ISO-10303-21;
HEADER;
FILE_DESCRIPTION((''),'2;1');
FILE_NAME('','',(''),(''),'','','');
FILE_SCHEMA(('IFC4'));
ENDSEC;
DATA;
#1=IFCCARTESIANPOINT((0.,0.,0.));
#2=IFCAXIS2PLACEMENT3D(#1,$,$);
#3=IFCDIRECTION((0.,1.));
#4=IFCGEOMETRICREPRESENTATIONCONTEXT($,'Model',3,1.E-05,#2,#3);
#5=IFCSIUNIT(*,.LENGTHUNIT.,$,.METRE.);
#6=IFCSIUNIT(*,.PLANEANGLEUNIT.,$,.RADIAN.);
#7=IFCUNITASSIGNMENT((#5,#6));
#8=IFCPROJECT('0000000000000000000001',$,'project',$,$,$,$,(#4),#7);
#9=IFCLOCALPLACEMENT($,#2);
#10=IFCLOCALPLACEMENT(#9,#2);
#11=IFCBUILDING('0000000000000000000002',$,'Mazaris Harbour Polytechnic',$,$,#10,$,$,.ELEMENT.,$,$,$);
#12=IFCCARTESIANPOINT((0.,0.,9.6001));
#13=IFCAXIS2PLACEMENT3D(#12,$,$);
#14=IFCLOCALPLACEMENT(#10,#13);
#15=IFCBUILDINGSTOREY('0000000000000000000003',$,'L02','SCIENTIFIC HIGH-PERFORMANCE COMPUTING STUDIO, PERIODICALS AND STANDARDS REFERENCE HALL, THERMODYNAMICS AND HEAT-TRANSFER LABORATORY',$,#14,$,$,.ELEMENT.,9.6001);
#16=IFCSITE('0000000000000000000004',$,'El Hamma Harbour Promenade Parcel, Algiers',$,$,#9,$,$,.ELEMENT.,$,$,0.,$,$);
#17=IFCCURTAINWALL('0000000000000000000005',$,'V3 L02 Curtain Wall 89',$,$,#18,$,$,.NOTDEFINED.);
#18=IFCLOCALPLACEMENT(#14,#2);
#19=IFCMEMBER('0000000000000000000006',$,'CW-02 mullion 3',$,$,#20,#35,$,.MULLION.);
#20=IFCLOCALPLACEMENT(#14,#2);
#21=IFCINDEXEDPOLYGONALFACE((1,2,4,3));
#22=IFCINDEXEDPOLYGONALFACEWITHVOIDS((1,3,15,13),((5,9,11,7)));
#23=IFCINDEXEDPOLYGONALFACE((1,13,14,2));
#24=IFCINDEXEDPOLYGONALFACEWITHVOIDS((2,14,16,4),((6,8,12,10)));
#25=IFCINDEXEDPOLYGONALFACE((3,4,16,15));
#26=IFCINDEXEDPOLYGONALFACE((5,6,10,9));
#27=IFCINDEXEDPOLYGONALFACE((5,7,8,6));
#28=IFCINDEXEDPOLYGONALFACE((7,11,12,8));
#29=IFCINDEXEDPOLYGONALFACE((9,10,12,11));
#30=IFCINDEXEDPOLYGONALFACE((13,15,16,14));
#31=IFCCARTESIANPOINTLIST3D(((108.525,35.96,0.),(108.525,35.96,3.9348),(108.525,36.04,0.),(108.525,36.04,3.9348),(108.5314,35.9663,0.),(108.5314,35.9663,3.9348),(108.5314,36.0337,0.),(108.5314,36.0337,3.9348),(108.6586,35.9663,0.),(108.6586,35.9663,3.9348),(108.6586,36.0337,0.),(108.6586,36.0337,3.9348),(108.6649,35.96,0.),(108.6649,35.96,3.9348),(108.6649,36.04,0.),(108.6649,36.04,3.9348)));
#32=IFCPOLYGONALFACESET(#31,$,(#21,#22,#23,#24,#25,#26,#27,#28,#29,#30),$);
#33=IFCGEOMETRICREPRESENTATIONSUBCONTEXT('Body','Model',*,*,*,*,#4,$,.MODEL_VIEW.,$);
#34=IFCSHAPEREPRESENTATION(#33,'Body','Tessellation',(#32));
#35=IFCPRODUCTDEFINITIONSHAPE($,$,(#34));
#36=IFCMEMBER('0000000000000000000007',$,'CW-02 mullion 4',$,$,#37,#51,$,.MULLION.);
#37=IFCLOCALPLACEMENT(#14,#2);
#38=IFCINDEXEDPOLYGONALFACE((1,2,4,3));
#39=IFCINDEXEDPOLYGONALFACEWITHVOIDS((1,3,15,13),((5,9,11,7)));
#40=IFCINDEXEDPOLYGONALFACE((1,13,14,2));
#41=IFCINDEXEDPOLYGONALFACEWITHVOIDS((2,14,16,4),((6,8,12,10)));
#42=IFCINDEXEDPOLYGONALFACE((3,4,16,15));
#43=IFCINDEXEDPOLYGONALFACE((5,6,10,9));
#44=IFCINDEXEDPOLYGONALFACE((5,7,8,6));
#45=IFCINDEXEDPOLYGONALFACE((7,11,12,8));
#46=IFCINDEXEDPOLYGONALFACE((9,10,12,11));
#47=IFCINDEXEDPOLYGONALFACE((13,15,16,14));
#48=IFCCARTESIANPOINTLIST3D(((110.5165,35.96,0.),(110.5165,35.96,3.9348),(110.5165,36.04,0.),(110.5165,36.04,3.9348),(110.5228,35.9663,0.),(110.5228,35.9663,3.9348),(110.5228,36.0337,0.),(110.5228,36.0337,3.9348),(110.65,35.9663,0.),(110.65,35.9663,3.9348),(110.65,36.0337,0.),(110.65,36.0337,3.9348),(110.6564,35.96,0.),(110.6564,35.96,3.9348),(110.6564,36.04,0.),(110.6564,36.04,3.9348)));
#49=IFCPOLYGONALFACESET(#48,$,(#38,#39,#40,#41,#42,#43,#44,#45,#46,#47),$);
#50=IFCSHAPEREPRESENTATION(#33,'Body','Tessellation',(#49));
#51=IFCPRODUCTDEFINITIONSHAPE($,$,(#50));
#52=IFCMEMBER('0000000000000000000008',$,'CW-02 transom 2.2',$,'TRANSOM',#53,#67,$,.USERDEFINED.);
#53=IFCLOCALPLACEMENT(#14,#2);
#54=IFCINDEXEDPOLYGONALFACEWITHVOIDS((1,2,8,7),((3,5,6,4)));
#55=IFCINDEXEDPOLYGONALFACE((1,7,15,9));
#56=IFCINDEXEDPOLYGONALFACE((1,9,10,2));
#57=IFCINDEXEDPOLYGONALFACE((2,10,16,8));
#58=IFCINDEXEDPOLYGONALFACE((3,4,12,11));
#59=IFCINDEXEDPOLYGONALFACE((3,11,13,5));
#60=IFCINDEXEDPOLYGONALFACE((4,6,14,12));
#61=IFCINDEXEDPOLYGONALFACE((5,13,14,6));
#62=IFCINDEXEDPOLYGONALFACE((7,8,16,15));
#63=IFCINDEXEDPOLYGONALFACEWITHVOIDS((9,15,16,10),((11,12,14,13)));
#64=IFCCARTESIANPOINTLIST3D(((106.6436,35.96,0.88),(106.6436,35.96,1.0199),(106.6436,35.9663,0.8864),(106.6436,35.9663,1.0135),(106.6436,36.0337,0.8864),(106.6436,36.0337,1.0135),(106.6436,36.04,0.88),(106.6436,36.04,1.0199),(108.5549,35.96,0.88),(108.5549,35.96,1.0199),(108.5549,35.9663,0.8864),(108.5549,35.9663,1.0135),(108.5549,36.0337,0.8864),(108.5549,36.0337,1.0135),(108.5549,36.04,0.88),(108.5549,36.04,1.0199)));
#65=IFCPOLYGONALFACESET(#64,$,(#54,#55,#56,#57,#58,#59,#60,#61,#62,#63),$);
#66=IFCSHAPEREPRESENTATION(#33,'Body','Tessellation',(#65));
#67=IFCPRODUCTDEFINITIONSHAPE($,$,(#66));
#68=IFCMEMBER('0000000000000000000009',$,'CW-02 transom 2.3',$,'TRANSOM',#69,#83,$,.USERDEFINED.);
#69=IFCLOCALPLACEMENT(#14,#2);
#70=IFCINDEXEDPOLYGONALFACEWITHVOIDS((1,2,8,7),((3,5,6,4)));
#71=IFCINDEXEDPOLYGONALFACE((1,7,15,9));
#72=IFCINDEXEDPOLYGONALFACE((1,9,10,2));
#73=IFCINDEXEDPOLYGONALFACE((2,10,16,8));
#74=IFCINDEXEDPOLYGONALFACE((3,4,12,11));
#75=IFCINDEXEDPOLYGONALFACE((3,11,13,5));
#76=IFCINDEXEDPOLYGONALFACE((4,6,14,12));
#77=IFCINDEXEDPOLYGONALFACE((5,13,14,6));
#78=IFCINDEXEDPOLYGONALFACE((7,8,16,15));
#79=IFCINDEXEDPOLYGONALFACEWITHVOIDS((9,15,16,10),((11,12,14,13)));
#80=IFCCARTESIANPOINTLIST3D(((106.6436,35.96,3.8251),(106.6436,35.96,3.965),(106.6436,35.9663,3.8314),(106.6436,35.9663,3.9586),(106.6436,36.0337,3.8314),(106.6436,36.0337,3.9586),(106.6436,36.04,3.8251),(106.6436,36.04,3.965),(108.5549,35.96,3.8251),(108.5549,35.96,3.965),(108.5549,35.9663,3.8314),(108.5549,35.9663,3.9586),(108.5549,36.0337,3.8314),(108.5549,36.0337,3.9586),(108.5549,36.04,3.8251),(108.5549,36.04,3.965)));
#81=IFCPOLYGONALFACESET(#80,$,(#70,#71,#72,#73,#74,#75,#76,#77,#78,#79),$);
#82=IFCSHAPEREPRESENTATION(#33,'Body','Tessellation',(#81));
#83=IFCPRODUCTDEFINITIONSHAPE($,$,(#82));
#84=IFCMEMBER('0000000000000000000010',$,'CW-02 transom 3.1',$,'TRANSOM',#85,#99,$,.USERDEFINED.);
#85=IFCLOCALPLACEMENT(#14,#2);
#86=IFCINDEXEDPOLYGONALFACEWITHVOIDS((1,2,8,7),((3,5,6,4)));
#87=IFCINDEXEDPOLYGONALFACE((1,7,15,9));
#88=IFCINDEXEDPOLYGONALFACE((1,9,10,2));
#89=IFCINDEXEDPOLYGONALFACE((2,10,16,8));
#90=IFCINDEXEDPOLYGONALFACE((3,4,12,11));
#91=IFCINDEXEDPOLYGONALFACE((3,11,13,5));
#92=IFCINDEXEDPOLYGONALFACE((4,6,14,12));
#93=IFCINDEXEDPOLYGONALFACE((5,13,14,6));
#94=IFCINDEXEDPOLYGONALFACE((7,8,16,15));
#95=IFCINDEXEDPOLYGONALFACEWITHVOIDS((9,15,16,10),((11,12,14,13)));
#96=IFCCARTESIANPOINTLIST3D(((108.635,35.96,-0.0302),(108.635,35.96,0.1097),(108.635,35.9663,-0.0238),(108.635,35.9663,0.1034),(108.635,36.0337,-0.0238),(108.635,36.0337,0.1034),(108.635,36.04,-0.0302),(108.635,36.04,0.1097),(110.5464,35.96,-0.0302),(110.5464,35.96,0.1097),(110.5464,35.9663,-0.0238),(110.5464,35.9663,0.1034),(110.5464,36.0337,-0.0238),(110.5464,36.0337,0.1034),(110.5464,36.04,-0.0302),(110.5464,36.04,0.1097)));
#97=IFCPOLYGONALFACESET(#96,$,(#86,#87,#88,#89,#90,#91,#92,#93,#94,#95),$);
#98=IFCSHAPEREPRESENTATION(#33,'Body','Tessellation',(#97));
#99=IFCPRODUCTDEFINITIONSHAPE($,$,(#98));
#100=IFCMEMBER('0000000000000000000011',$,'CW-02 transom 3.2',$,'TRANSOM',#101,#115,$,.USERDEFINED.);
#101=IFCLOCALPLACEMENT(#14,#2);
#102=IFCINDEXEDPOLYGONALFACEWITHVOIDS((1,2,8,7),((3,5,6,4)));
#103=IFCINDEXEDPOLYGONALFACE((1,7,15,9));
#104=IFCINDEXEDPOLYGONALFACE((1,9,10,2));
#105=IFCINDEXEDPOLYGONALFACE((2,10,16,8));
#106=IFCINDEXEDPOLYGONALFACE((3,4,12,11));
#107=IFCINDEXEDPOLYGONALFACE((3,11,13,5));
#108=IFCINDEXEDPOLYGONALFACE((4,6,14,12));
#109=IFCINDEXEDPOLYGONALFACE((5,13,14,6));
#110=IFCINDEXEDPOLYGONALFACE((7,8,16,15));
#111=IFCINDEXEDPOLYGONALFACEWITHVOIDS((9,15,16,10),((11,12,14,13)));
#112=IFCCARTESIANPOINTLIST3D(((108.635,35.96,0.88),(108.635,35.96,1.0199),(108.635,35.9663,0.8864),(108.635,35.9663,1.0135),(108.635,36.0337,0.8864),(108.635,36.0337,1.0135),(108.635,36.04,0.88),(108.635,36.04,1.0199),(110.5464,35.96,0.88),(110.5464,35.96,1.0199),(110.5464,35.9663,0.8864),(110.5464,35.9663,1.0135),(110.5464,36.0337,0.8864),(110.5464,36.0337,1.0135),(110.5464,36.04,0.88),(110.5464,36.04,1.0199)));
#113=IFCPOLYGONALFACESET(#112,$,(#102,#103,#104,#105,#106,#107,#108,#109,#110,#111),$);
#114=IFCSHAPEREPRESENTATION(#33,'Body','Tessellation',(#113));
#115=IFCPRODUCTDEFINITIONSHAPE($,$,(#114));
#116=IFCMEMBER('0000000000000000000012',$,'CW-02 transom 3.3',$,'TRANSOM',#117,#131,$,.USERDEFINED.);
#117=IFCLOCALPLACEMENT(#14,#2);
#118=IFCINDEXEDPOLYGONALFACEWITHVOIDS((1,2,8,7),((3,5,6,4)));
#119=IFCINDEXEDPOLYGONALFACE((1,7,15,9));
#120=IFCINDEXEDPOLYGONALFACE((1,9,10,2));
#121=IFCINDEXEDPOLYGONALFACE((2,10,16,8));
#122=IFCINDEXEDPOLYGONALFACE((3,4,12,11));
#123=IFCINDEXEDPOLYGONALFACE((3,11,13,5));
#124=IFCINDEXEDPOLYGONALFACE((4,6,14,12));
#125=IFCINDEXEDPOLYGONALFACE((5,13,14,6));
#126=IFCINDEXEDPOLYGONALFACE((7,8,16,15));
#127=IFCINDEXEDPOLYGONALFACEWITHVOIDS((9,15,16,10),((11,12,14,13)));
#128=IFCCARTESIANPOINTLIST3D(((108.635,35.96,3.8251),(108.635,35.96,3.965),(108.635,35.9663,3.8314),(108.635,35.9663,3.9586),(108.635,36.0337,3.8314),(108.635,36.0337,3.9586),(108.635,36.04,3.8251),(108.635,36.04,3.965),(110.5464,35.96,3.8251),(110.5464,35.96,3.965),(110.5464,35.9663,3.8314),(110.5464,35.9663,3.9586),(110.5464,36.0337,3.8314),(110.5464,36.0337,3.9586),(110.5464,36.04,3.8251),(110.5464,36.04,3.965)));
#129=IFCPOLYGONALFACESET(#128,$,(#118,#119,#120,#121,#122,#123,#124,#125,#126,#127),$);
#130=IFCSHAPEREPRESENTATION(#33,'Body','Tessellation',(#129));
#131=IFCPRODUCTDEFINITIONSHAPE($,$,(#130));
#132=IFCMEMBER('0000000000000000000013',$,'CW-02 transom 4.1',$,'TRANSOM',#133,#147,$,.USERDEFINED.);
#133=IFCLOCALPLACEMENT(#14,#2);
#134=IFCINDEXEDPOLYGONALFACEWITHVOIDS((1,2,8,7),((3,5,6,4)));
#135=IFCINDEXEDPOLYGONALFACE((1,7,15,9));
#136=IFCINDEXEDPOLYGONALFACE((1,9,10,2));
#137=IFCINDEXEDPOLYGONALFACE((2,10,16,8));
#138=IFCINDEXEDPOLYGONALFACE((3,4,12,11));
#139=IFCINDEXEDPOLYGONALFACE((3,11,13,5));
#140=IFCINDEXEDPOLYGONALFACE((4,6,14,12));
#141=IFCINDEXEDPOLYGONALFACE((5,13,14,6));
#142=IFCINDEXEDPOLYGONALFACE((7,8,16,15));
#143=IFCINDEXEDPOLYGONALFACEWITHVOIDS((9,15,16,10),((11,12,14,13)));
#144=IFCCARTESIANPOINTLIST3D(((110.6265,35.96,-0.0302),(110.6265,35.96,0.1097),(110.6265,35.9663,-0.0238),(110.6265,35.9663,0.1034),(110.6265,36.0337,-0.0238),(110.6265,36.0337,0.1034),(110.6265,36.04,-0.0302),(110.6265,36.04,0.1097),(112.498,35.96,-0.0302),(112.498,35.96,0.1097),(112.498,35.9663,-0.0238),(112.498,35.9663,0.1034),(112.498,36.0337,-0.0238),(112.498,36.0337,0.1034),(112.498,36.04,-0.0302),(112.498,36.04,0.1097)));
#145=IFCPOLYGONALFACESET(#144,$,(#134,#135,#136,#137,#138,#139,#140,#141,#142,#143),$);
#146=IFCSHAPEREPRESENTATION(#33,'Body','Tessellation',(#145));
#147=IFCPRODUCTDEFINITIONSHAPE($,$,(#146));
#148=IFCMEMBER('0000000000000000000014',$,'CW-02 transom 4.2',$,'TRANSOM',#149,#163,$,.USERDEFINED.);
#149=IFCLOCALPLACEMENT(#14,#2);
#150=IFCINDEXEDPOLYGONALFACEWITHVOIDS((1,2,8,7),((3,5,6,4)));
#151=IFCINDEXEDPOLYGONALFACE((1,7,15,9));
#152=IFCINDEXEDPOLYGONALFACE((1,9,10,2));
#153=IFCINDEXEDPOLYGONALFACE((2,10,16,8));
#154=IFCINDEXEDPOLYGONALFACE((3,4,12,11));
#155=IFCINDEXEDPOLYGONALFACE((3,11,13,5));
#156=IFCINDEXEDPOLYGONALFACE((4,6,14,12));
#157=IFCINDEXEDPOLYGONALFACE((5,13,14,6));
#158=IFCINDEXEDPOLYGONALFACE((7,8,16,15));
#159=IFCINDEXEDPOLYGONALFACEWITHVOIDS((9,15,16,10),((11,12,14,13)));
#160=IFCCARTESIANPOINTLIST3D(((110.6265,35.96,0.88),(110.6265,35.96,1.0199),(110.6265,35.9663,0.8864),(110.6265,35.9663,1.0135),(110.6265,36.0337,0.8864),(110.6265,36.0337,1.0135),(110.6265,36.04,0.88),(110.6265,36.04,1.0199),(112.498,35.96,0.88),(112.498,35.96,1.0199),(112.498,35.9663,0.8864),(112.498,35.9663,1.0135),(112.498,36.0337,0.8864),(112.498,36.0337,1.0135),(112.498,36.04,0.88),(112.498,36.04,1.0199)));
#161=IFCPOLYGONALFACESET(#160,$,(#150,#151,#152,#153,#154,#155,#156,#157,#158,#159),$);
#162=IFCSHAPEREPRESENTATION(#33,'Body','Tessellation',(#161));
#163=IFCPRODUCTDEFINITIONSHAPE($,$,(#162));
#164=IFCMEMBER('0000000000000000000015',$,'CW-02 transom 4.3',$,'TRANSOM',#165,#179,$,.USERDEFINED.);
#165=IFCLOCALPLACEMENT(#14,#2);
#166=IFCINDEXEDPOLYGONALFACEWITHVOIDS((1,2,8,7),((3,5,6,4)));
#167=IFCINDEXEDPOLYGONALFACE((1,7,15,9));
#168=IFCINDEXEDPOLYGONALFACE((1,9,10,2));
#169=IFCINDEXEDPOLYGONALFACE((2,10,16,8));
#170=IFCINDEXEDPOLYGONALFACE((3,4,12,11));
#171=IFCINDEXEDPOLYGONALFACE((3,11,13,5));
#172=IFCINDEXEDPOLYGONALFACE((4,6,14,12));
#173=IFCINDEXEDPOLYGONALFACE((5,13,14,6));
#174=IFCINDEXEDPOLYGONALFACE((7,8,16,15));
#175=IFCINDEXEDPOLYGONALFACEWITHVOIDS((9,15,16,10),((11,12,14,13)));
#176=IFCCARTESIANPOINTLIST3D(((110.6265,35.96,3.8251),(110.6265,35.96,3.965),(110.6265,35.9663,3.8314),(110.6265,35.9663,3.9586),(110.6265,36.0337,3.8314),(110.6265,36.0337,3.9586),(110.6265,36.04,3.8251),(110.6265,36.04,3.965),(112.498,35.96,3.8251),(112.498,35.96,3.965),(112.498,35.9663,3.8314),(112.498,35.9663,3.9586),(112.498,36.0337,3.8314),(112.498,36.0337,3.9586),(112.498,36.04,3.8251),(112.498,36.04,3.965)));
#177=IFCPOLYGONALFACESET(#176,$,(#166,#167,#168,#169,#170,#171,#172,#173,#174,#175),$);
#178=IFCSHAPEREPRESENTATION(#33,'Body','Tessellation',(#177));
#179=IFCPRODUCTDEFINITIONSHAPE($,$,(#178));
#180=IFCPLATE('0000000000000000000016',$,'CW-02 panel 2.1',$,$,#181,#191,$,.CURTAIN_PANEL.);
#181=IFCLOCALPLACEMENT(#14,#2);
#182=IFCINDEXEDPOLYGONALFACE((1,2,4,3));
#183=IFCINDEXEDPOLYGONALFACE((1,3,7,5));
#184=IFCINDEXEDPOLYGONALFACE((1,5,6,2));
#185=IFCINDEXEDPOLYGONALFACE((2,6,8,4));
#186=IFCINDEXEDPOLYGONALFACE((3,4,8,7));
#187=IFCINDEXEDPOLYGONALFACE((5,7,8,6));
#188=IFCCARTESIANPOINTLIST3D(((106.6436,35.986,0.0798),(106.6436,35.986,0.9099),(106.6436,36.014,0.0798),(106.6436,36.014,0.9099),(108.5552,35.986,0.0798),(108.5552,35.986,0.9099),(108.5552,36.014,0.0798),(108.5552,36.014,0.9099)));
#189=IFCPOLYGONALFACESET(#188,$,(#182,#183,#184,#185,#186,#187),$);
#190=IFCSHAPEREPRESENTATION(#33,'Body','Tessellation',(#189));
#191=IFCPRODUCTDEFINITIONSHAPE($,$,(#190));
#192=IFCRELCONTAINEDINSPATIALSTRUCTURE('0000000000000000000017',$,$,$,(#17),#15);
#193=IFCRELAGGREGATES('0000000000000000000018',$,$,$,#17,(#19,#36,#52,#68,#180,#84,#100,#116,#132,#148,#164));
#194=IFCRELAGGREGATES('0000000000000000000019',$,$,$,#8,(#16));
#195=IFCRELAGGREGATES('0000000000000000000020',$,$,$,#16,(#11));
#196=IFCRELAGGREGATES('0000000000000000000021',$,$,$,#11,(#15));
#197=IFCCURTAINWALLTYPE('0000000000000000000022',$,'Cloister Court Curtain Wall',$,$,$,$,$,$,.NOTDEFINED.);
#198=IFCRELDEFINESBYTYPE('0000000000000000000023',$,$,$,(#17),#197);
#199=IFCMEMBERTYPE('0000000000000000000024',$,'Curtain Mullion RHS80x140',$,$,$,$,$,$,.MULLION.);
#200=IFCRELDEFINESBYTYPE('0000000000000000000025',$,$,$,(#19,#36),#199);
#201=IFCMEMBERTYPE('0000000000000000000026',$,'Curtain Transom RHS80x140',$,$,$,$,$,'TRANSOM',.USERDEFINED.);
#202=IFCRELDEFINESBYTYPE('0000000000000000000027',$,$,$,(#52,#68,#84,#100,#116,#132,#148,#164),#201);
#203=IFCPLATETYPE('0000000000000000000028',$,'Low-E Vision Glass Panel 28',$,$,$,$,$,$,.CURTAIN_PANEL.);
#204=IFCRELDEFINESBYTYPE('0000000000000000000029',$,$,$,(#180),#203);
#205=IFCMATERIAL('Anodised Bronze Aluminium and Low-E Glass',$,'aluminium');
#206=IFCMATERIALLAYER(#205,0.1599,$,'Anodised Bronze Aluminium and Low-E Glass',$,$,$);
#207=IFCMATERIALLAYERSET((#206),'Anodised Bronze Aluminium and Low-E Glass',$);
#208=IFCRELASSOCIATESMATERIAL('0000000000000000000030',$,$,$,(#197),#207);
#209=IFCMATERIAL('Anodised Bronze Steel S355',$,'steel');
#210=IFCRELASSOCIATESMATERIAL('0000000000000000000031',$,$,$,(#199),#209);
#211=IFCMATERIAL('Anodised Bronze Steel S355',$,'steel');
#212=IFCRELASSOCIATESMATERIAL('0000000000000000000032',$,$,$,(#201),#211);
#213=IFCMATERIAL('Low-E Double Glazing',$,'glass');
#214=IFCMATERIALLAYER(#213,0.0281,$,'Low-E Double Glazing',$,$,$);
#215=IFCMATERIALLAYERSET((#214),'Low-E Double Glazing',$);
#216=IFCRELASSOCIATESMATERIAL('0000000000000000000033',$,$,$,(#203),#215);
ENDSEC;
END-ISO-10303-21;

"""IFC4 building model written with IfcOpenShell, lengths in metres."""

from ifc_helpers import new_model, si_unit, direction, frame, origin, origin_2d, place, context, subcontext, project, spatial, rectangle, hollow_rectangle, extrude, material, layer, layer_set, material_profile, profile_set, type_object, element, aggregate, save


model = new_model("IFC4")

# Units and contexts
model_context = context("Model", 3, precision=1e-05, world=origin(), true_north=direction((0.0, 1.0)))
body_context = subcontext(model_context, "Body", "Model", "MODEL_VIEW")
ifc_project = project(units=[si_unit("LENGTHUNIT", "METRE"), si_unit("PLANEANGLEUNIT", "RADIAN")], contexts=[model_context])

# Site, building, storey
site_placement = place(None, origin())
site = spatial("IfcSite", under=ifc_project, at=site_placement, Name="El Hamma Harbour Promenade Parcel, Algiers", CompositionType="ELEMENT", RefElevation=0.0)
building_placement = place(site_placement, origin())
building = spatial("IfcBuilding", under=site, at=building_placement, Name="Mazaris Harbour Polytechnic", CompositionType="ELEMENT")
storey_placement = place(building_placement, frame((0.0, 0.0, 9.6001)))
storey = spatial("IfcBuildingStorey", under=building, at=storey_placement, Name="L02", Description="SCIENTIFIC HIGH-PERFORMANCE COMPUTING STUDIO, PERIODICALS AND STANDARDS REFERENCE HALL, THERMODYNAMICS AND HEAT-TRANSFER LABORATORY", CompositionType="ELEMENT", Elevation=9.6001)

# Curtain wall, members, plate
ifc_material_1 = material(Name="Anodised Bronze Aluminium and Low-E Glass", Category="aluminium")
ifc_layer_1 = layer(ifc_material_1, 0.1599, Name="Anodised Bronze Aluminium and Low-E Glass")
ifc_layer_set_1 = layer_set([ifc_layer_1], Name="Anodised Bronze Aluminium and Low-E Glass")
curtain_wall_type = type_object("IfcCurtainWallType", Name="Cloister Court Curtain Wall", PredefinedType="NOTDEFINED", material=ifc_layer_set_1)
curtain_wall_placement = place(storey_placement, origin())
curtain_wall = element("IfcCurtainWall", 1, at=curtain_wall_placement, inside=storey, type_object=curtain_wall_type, Name="V3 L02 Curtain Wall 89", PredefinedType="NOTDEFINED")
ifc_material_2 = material(Name="Anodised Bronze Steel S355", Category="steel")
ifc_material_profile_1 = material_profile(ifc_material_2, hollow_rectangle(XDim=0.0801, YDim=0.1399, WallThickness=0.0063, at=origin_2d()), Name="RHS 80x140x6.3")
ifc_profile_set_1 = profile_set([ifc_material_profile_1], Name="Anodised Bronze Steel S355")
member_type_1 = type_object("IfcMemberType", Name="Curtain Mullion RHS80x140", PredefinedType="MULLION", material=ifc_profile_set_1)
member_1_placement = place(storey_placement, frame((108.595, 36.0, 0.0), z_axis=(0.0, 0.0, 1.0), x_axis=(0.0, 1.0, 0.0)))
member_1 = element("IfcMember", 2, at=member_1_placement, type_object=member_type_1, Name="CW-02 mullion 3", PredefinedType="MULLION", context=body_context, shape_type="SweptSolid", body=[
    extrude(hollow_rectangle(XDim=0.0801, YDim=0.1399, WallThickness=0.0063, at=origin_2d()), origin(), (0.0, 0.0, 1.0), 3.9348),
])
member_2_placement = place(storey_placement, frame((110.5864, 36.0, 0.0), z_axis=(0.0, 0.0, 1.0), x_axis=(0.0, 1.0, 0.0)))
member_2 = element("IfcMember", 3, at=member_2_placement, type_object=member_type_1, Name="CW-02 mullion 4", PredefinedType="MULLION", context=body_context, shape_type="SweptSolid", body=[
    extrude(hollow_rectangle(XDim=0.0801, YDim=0.1399, WallThickness=0.0063, at=origin_2d()), origin(), (0.0, 0.0, 1.0), 3.9348),
])
ifc_material_3 = material(Name="Anodised Bronze Steel S355", Category="steel")
ifc_material_profile_2 = material_profile(ifc_material_3, hollow_rectangle(XDim=0.0801, YDim=0.1399, WallThickness=0.0063, at=origin_2d()), Name="RHS 80x140x6.3")
ifc_profile_set_2 = profile_set([ifc_material_profile_2], Name="Anodised Bronze Steel S355")
member_type_2 = type_object("IfcMemberType", Name="Curtain Transom RHS80x140", ElementType="TRANSOM", PredefinedType="USERDEFINED", material=ifc_profile_set_2)
member_3_placement = place(storey_placement, frame((106.6436, 36.0, 0.95), z_axis=(1.0, 0.0, 0.0), x_axis=(0.0, 1.0, 0.0)))
member_3 = element("IfcMember", 4, at=member_3_placement, type_object=member_type_2, Name="CW-02 transom 2.2", ObjectType="TRANSOM", PredefinedType="USERDEFINED", context=body_context, shape_type="SweptSolid", body=[
    extrude(hollow_rectangle(XDim=0.0801, YDim=0.1399, WallThickness=0.0063, at=origin_2d()), origin(), (0.0, 0.0, 1.0), 1.9114),
])
member_4_placement = place(storey_placement, frame((106.6436, 36.0, 3.895), z_axis=(1.0, 0.0, 0.0), x_axis=(0.0, 1.0, 0.0)))
member_4 = element("IfcMember", 5, at=member_4_placement, type_object=member_type_2, Name="CW-02 transom 2.3", ObjectType="TRANSOM", PredefinedType="USERDEFINED", context=body_context, shape_type="SweptSolid", body=[
    extrude(hollow_rectangle(XDim=0.0801, YDim=0.1399, WallThickness=0.0063, at=origin_2d()), origin(), (0.0, 0.0, 1.0), 1.9114),
])
member_5_placement = place(storey_placement, frame((108.635, 36.0, 0.0398), z_axis=(1.0, 0.0, 0.0), x_axis=(0.0, 1.0, 0.0)))
member_5 = element("IfcMember", 6, at=member_5_placement, type_object=member_type_2, Name="CW-02 transom 3.1", ObjectType="TRANSOM", PredefinedType="USERDEFINED", context=body_context, shape_type="SweptSolid", body=[
    extrude(hollow_rectangle(XDim=0.0801, YDim=0.1399, WallThickness=0.0063, at=origin_2d()), origin(), (0.0, 0.0, 1.0), 1.9114),
])
member_6_placement = place(storey_placement, frame((108.635, 36.0, 0.95), z_axis=(1.0, 0.0, 0.0), x_axis=(0.0, 1.0, 0.0)))
member_6 = element("IfcMember", 7, at=member_6_placement, type_object=member_type_2, Name="CW-02 transom 3.2", ObjectType="TRANSOM", PredefinedType="USERDEFINED", context=body_context, shape_type="SweptSolid", body=[
    extrude(hollow_rectangle(XDim=0.0801, YDim=0.1399, WallThickness=0.0063, at=origin_2d()), origin(), (0.0, 0.0, 1.0), 1.9114),
])
member_7_placement = place(storey_placement, frame((108.635, 36.0, 3.895), z_axis=(1.0, 0.0, 0.0), x_axis=(0.0, 1.0, 0.0)))
member_7 = element("IfcMember", 8, at=member_7_placement, type_object=member_type_2, Name="CW-02 transom 3.3", ObjectType="TRANSOM", PredefinedType="USERDEFINED", context=body_context, shape_type="SweptSolid", body=[
    extrude(hollow_rectangle(XDim=0.0801, YDim=0.1399, WallThickness=0.0063, at=origin_2d()), origin(), (0.0, 0.0, 1.0), 1.9114),
])
member_8_placement = place(storey_placement, frame((110.6265, 36.0, 0.0398), z_axis=(1.0, 0.0, 0.0), x_axis=(0.0, 1.0, 0.0)))
member_8 = element("IfcMember", 9, at=member_8_placement, type_object=member_type_2, Name="CW-02 transom 4.1", ObjectType="TRANSOM", PredefinedType="USERDEFINED", context=body_context, shape_type="SweptSolid", body=[
    extrude(hollow_rectangle(XDim=0.0801, YDim=0.1399, WallThickness=0.0063, at=origin_2d()), origin(), (0.0, 0.0, 1.0), 1.8716),
])
member_9_placement = place(storey_placement, frame((110.6265, 36.0, 0.95), z_axis=(1.0, 0.0, 0.0), x_axis=(0.0, 1.0, 0.0)))
member_9 = element("IfcMember", 10, at=member_9_placement, type_object=member_type_2, Name="CW-02 transom 4.2", ObjectType="TRANSOM", PredefinedType="USERDEFINED", context=body_context, shape_type="SweptSolid", body=[
    extrude(hollow_rectangle(XDim=0.0801, YDim=0.1399, WallThickness=0.0063, at=origin_2d()), origin(), (0.0, 0.0, 1.0), 1.8716),
])
member_10_placement = place(storey_placement, frame((110.6265, 36.0, 3.895), z_axis=(1.0, 0.0, 0.0), x_axis=(0.0, 1.0, 0.0)))
member_10 = element("IfcMember", 11, at=member_10_placement, type_object=member_type_2, Name="CW-02 transom 4.3", ObjectType="TRANSOM", PredefinedType="USERDEFINED", context=body_context, shape_type="SweptSolid", body=[
    extrude(hollow_rectangle(XDim=0.0801, YDim=0.1399, WallThickness=0.0063, at=origin_2d()), origin(), (0.0, 0.0, 1.0), 1.8716),
])
ifc_material_4 = material(Name="Low-E Double Glazing", Category="glass")
ifc_layer_2 = layer(ifc_material_4, 0.0281, Name="Low-E Double Glazing")
ifc_layer_set_2 = layer_set([ifc_layer_2], Name="Low-E Double Glazing")
plate_type = type_object("IfcPlateType", Name="Low-E Vision Glass Panel 28", PredefinedType="CURTAIN_PANEL", material=ifc_layer_set_2)
plate_1_placement = place(storey_placement, frame((107.5994, 36.0, 0.0798), z_axis=(0.0, 0.0, 1.0), x_axis=(1.0, 0.0, 0.0)))
plate_1 = element("IfcPlate", 12, at=plate_1_placement, type_object=plate_type, Name="CW-02 panel 2.1", PredefinedType="CURTAIN_PANEL", context=body_context, shape_type="SweptSolid", body=[
    extrude(rectangle(XDim=1.9116, YDim=0.0281, at=origin_2d()), origin(), (0.0, 0.0, 1.0), 0.8301),
])
aggregate(curtain_wall, [member_1, member_2, member_3, member_4, plate_1, member_5, member_6, member_7, member_8, member_9, member_10])

save(model, "model.ifc")
